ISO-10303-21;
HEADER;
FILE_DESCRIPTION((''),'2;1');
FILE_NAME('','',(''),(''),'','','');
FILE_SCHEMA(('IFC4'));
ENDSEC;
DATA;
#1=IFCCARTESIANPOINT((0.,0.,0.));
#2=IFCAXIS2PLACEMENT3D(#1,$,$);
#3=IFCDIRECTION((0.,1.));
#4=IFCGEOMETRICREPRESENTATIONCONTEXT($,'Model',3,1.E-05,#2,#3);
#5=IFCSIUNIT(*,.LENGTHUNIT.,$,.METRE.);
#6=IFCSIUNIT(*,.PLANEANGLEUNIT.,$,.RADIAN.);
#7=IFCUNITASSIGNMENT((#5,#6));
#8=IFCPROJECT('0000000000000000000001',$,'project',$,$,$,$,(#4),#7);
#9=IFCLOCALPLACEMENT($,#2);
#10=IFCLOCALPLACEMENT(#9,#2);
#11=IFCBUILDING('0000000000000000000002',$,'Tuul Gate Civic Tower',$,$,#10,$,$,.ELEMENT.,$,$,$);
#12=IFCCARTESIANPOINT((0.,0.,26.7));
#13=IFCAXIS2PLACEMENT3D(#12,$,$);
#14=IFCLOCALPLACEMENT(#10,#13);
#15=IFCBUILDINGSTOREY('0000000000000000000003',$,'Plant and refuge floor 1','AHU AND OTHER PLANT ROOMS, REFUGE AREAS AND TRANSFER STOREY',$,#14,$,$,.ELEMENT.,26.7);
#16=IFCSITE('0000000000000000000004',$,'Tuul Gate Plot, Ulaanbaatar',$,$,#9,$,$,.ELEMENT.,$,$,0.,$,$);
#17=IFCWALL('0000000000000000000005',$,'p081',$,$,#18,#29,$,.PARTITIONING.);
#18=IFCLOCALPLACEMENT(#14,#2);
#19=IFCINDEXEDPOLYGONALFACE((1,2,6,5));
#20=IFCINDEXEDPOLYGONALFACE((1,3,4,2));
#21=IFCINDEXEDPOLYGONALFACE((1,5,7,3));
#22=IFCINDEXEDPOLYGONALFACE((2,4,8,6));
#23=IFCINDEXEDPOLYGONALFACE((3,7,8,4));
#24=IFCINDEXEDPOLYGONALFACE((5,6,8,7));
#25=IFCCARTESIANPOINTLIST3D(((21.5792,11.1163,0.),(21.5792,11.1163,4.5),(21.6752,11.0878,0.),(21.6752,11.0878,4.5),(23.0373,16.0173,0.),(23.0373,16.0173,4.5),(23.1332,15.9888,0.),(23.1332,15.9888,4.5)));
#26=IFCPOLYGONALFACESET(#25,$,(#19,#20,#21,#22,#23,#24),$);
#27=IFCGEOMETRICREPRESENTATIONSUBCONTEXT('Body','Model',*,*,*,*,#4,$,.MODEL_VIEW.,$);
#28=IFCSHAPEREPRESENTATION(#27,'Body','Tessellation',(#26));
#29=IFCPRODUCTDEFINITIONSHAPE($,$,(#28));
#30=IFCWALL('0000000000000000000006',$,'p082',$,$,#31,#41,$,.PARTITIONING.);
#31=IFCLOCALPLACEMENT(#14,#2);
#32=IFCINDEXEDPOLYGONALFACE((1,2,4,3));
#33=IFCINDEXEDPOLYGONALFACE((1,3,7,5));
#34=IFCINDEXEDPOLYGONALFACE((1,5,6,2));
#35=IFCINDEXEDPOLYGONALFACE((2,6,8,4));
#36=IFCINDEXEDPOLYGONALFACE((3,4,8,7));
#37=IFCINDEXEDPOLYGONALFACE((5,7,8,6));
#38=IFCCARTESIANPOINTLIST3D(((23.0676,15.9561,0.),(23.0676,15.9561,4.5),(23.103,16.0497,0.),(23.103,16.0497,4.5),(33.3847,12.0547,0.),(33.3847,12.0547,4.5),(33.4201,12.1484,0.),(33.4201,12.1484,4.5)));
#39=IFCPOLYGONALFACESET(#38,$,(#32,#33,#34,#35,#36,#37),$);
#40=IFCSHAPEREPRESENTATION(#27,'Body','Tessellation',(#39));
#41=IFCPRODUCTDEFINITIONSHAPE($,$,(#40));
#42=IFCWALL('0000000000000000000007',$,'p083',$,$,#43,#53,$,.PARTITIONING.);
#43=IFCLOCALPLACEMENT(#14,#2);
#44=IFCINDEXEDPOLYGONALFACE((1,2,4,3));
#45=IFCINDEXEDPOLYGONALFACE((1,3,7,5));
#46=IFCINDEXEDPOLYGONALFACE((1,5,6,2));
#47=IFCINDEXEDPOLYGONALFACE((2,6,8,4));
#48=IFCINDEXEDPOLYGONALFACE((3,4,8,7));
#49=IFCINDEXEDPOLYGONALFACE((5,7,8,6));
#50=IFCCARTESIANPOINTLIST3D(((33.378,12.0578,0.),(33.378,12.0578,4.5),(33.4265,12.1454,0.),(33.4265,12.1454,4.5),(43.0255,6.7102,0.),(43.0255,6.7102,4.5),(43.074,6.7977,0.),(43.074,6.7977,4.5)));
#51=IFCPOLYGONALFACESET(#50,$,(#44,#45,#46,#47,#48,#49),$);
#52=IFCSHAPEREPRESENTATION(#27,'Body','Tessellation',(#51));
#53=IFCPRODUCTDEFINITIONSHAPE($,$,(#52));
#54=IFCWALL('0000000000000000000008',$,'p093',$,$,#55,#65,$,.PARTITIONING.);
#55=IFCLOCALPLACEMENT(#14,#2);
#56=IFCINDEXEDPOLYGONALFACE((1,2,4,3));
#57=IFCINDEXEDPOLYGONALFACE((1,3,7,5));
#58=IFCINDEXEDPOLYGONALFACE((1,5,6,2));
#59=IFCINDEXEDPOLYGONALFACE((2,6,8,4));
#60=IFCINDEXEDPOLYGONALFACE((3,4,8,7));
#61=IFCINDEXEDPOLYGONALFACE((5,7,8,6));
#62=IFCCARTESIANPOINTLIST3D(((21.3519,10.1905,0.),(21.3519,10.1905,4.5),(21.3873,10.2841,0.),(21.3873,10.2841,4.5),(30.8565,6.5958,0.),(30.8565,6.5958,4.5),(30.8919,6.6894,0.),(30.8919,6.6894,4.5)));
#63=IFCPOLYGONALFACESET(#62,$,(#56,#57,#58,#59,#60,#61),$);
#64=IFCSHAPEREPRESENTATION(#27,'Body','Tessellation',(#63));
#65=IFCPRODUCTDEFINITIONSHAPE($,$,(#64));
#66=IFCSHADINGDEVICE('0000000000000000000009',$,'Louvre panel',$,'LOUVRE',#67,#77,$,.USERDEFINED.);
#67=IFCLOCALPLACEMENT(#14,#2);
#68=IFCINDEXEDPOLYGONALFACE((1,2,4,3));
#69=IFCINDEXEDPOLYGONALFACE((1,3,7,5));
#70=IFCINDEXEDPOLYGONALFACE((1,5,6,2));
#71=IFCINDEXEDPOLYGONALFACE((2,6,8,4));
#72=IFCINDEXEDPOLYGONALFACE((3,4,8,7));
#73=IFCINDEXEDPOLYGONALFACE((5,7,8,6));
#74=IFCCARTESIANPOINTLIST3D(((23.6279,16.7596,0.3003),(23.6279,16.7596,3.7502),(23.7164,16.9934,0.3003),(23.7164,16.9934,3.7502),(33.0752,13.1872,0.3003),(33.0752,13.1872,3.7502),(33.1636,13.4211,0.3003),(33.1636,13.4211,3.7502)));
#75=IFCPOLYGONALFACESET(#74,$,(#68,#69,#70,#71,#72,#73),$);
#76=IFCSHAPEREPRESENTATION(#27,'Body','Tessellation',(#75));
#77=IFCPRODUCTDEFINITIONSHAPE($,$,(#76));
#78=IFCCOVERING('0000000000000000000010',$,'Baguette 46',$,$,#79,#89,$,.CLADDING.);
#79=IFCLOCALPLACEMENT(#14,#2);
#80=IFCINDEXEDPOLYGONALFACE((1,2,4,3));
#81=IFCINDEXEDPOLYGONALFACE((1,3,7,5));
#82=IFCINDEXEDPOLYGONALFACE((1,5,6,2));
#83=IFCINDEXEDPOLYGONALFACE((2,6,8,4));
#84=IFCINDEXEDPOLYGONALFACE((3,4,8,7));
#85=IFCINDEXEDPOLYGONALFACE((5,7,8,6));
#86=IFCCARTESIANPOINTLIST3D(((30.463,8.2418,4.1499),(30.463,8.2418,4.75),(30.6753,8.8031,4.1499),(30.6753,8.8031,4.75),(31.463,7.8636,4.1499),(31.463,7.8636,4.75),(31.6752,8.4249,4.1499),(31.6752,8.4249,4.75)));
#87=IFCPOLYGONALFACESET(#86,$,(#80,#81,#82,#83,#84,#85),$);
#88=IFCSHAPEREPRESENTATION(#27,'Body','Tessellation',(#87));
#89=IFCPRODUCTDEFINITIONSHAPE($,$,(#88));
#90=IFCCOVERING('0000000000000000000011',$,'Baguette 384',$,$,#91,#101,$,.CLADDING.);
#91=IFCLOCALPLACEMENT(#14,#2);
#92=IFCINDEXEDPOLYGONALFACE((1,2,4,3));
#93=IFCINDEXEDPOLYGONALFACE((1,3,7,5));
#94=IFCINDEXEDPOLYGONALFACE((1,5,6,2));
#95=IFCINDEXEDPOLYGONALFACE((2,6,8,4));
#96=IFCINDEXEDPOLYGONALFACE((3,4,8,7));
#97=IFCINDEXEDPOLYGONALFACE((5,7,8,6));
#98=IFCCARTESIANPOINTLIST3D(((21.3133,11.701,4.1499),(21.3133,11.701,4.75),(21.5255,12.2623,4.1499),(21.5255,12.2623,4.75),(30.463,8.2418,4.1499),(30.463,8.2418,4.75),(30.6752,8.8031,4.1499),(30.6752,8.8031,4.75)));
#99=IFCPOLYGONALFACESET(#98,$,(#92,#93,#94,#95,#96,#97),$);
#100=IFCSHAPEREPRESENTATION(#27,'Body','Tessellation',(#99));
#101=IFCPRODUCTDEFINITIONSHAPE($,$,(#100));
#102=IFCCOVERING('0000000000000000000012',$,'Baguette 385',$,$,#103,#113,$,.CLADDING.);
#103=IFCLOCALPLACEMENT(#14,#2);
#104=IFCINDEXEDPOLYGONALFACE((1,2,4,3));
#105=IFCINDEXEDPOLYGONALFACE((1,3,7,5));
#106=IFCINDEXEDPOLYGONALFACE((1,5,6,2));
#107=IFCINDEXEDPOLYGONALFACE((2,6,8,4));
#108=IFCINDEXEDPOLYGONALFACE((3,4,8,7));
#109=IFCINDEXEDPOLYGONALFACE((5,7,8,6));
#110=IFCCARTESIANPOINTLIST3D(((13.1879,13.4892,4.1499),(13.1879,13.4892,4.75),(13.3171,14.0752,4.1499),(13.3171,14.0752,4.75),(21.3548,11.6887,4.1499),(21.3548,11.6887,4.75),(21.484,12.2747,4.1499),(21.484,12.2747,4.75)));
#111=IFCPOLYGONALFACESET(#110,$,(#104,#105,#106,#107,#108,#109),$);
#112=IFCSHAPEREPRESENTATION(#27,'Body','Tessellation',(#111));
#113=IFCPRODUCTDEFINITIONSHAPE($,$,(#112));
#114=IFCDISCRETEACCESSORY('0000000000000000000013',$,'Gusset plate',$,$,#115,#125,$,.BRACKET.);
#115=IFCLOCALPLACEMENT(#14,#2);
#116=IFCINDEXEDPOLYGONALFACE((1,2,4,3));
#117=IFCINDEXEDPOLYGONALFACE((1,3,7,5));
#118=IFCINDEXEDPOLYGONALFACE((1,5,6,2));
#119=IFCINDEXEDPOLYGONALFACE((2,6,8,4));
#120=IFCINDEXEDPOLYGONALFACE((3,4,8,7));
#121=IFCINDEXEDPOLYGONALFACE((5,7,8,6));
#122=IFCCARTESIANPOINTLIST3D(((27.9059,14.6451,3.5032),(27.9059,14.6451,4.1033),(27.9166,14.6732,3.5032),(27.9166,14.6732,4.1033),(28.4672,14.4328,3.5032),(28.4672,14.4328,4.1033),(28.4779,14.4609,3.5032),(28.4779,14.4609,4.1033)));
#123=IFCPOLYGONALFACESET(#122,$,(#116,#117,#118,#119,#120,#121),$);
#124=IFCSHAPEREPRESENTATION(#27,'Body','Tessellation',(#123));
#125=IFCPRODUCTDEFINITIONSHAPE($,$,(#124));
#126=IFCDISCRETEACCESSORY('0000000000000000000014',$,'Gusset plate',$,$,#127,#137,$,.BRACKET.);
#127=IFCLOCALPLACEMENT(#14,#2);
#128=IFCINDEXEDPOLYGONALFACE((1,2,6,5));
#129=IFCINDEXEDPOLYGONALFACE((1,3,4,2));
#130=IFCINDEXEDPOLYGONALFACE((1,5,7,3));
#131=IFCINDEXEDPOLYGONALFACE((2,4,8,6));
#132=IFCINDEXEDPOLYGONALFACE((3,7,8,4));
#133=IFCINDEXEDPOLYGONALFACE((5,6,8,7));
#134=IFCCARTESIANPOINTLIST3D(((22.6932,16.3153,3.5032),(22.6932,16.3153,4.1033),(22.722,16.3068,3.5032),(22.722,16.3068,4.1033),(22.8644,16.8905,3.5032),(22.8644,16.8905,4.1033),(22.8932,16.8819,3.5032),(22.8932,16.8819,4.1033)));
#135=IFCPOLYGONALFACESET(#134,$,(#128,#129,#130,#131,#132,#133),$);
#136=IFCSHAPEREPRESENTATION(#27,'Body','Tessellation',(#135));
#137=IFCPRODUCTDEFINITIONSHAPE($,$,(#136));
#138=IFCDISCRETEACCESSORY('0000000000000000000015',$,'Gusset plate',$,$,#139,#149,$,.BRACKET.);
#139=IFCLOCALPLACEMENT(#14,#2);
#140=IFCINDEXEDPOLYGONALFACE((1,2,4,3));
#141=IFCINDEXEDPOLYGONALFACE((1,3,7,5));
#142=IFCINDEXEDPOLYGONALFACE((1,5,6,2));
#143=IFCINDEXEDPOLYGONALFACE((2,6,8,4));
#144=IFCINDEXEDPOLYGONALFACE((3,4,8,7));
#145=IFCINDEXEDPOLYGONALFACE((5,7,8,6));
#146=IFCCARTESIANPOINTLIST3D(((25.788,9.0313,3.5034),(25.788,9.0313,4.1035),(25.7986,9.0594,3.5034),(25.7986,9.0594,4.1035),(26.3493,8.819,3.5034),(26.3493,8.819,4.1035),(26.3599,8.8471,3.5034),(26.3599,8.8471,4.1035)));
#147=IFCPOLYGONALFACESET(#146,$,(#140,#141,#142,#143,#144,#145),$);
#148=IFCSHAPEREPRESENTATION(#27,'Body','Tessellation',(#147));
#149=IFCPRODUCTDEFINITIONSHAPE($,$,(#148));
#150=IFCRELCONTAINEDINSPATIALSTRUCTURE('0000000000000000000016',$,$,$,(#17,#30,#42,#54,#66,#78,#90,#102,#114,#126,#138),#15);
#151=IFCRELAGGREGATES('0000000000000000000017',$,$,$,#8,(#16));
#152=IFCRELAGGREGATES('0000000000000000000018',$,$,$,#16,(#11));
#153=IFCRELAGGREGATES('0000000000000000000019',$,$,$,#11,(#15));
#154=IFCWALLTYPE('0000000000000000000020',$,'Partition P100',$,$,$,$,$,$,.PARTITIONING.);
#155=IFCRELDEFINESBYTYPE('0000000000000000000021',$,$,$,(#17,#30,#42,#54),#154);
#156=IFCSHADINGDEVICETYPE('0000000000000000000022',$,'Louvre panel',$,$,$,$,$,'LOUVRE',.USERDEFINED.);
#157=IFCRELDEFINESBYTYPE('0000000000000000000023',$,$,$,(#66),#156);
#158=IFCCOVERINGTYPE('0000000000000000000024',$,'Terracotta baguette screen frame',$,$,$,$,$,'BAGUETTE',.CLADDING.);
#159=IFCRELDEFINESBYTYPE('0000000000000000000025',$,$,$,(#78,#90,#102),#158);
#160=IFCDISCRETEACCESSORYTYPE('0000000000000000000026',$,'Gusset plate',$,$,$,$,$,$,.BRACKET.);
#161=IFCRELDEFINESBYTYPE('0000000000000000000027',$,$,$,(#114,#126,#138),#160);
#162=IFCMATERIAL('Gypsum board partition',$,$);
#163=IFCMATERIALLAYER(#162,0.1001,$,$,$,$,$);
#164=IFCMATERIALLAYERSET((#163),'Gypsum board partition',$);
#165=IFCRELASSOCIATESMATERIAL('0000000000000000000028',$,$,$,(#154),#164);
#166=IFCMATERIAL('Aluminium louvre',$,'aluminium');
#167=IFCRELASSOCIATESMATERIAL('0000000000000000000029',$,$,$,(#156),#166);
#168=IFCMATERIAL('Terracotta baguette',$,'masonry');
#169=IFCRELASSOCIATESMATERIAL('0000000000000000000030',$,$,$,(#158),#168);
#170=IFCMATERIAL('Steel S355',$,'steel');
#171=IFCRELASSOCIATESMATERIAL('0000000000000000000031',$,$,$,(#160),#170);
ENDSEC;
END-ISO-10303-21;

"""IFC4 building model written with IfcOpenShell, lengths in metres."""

from ifc_helpers import new_model, si_unit, direction, frame, frame_2d, origin, origin_2d, place, context, subcontext, project, spatial, rectangle, extrude, material, layer, layer_set, material_profile, profile_set, type_object, element, save


model = new_model("IFC4")

# Units and contexts
model_context = context("Model", 3, precision=1e-05, world=origin(), true_north=direction((0.0, 1.0)))
body_context = subcontext(model_context, "Body", "Model", "MODEL_VIEW")
ifc_project = project(units=[si_unit("LENGTHUNIT", "METRE"), si_unit("PLANEANGLEUNIT", "RADIAN")], contexts=[model_context])

# Site, building, storey
site_placement = place(None, origin())
site = spatial("IfcSite", under=ifc_project, at=site_placement, Name="Tuul Gate Plot, Ulaanbaatar", CompositionType="ELEMENT", RefElevation=0.0)
building_placement = place(site_placement, origin())
building = spatial("IfcBuilding", under=site, at=building_placement, Name="Tuul Gate Civic Tower", CompositionType="ELEMENT")
storey_placement = place(building_placement, frame((0.0, 0.0, 26.7)))
storey = spatial("IfcBuildingStorey", under=building, at=storey_placement, Name="Plant and refuge floor 1", Description="AHU AND OTHER PLANT ROOMS, REFUGE AREAS AND TRANSFER STOREY", CompositionType="ELEMENT", Elevation=26.7)

# Walls
ifc_material_1 = material(Name="Gypsum board partition")
ifc_layer_1 = layer(ifc_material_1, 0.1001)
ifc_layer_set_1 = layer_set([ifc_layer_1], Name="Gypsum board partition")
wall_type_1 = type_object("IfcWallType", Name="Partition P100", PredefinedType="PARTITIONING", material=ifc_layer_set_1)
wall_1_placement = place(storey_placement, frame((21.6272, 11.1021, 0.0), z_axis=(0.0, 0.0, 1.0), x_axis=(0.285148, 0.958483, 0.0)))
element("IfcWall", 1, at=wall_1_placement, inside=storey, type_object=wall_type_1, Name="p081", PredefinedType="PARTITIONING", context=body_context, shape_type="SweptSolid", body=[
    extrude(rectangle(XDim=5.1133, YDim=0.1001, at=frame_2d((2.5566, 0.0))), origin(), (0.0, 0.0, 1.0), 4.5),
])
wall_2_placement = place(storey_placement, frame((23.0852, 16.0029, 0.0), z_axis=(0.0, 0.0, 1.0), x_axis=(0.935359, -0.353701, 0.0)))
element("IfcWall", 2, at=wall_2_placement, inside=storey, type_object=wall_type_1, Name="p082", PredefinedType="PARTITIONING", context=body_context, shape_type="SweptSolid", body=[
    extrude(rectangle(XDim=11.03, YDim=0.1001, at=frame_2d((5.5151, 0.0))), origin(), (0.0, 0.0, 1.0), 4.5),
])
wall_3_placement = place(storey_placement, frame((33.4023, 12.1016, 0.0), z_axis=(0.0, 0.0, 1.0), x_axis=(0.87462, -0.484808, 0.0)))
element("IfcWall", 3, at=wall_3_placement, inside=storey, type_object=wall_type_1, Name="p083", PredefinedType="PARTITIONING", context=body_context, shape_type="SweptSolid", body=[
    extrude(rectangle(XDim=11.0305, YDim=0.1001, at=frame_2d((5.5151, 0.0))), origin(), (0.0, 0.0, 1.0), 4.5),
])
wall_4_placement = place(storey_placement, frame((21.3696, 10.2373, 0.0), z_axis=(0.0, 0.0, 1.0), x_axis=(0.935339, -0.353752, 0.0)))
element("IfcWall", 4, at=wall_4_placement, inside=storey, type_object=wall_type_1, Name="p093", PredefinedType="PARTITIONING", context=body_context, shape_type="SweptSolid", body=[
    extrude(rectangle(XDim=10.1616, YDim=0.1001, at=frame_2d((5.0808, 0.0))), origin(), (0.0, 0.0, 1.0), 4.5),
])

# Shading device
ifc_material_2 = material(Name="Aluminium louvre", Category="aluminium")
shading_device_type = type_object("IfcShadingDeviceType", Name="Louvre panel", ElementType="LOUVRE", PredefinedType="USERDEFINED", material=ifc_material_2)
shading_device_placement = place(storey_placement, frame((28.3958, 15.0903, 0.3003), z_axis=(0.0, 0.0, 1.0), x_axis=(0.353699, 0.935359, 0.0)))
element("IfcShadingDevice", 5, at=shading_device_placement, inside=storey, type_object=shading_device_type, Name="Louvre panel", ObjectType="LOUVRE", PredefinedType="USERDEFINED", context=body_context, shape_type="SweptSolid", body=[
    extrude(rectangle(XDim=0.25, YDim=10.1001, at=origin_2d()), origin(), (0.0, 0.0, 1.0), 3.45),
])

# Coverings
ifc_material_3 = material(Name="Terracotta baguette", Category="masonry")
ifc_material_profile_1 = material_profile(ifc_material_3, rectangle(XDim=0.6001, YDim=0.6001, at=origin_2d()), Name="Terracotta baguette screen frame")
ifc_profile_set_1 = profile_set([ifc_material_profile_1], Name="Terracotta baguette")
covering_type = type_object("IfcCoveringType", Name="Terracotta baguette screen frame", ElementType="BAGUETTE", PredefinedType="CLADDING", material=ifc_profile_set_1)
covering_1_placement = place(storey_placement, frame((31.5691, 8.1443, 4.45), z_axis=(-0.93535, 0.353725, 0.0), x_axis=(-0.353725, -0.93535, 0.0)))
element("IfcCovering", 6, at=covering_1_placement, inside=storey, type_object=covering_type, Name="Baguette 46", PredefinedType="CLADDING", context=body_context, shape_type="SweptSolid", body=[
    extrude(rectangle(XDim=0.6001, YDim=0.6001, at=origin_2d()), origin(), (0.0, 0.0, 1.0), 1.0691),
])
covering_2_placement = place(storey_placement, frame((30.5691, 8.5225, 4.45), z_axis=(-0.935381, 0.353641, 0.0), x_axis=(-0.353641, -0.935381, 0.0)))
element("IfcCovering", 7, at=covering_2_placement, inside=storey, type_object=covering_type, Name="Baguette 384", PredefinedType="CLADDING", context=body_context, shape_type="SweptSolid", body=[
    extrude(rectangle(XDim=0.6001, YDim=0.6001, at=origin_2d()), origin(), (0.0, 0.0, 1.0), 9.7817),
])
covering_3_placement = place(storey_placement, frame((21.4194, 11.9817, 4.45), z_axis=(-0.976549, 0.215295, 0.0), x_axis=(-0.215295, -0.976549, 0.0)))
element("IfcCovering", 8, at=covering_3_placement, inside=storey, type_object=covering_type, Name="Baguette 385", PredefinedType="CLADDING", context=body_context, shape_type="SweptSolid", body=[
    extrude(rectangle(XDim=0.6001, YDim=0.6001, at=origin_2d()), origin(), (0.0, 0.0, 1.0), 8.363),
])

# Discrete accessories
ifc_material_4 = material(Name="Steel S355", Category="steel")
discrete_accessory_type = type_object("IfcDiscreteAccessoryType", Name="Gusset plate", PredefinedType="BRACKET", material=ifc_material_4)
for number, where, z_axis, x_axis, name in (
    (9, (28.1919, 14.553, 3.5032), (0.0, 0.0, 1.0), (0.935358, -0.353704, 0.0), "Gusset plate"),
    (10, (22.7932, 16.5986, 3.5032), (0.0, 0.0, 1.0), (-0.285196, -0.958469, 0.0), "Gusset plate"),
    (11, (26.074, 8.9392, 3.5034), (0.0, 0.0, 1.0), (-0.935344, 0.353739, 0.0), "Gusset plate"),
):
    element("IfcDiscreteAccessory", number, at=place(storey_placement, frame(where, z_axis=z_axis, x_axis=x_axis)), inside=storey, type_object=discrete_accessory_type, Name=name, PredefinedType="BRACKET", context=body_context, shape_type="SweptSolid", body=[
        extrude(rectangle(XDim=0.6001, YDim=0.03, at=origin_2d()), origin(), (0.0, 0.0, 1.0), 0.6001),
    ])

save(model, "model.ifc")
